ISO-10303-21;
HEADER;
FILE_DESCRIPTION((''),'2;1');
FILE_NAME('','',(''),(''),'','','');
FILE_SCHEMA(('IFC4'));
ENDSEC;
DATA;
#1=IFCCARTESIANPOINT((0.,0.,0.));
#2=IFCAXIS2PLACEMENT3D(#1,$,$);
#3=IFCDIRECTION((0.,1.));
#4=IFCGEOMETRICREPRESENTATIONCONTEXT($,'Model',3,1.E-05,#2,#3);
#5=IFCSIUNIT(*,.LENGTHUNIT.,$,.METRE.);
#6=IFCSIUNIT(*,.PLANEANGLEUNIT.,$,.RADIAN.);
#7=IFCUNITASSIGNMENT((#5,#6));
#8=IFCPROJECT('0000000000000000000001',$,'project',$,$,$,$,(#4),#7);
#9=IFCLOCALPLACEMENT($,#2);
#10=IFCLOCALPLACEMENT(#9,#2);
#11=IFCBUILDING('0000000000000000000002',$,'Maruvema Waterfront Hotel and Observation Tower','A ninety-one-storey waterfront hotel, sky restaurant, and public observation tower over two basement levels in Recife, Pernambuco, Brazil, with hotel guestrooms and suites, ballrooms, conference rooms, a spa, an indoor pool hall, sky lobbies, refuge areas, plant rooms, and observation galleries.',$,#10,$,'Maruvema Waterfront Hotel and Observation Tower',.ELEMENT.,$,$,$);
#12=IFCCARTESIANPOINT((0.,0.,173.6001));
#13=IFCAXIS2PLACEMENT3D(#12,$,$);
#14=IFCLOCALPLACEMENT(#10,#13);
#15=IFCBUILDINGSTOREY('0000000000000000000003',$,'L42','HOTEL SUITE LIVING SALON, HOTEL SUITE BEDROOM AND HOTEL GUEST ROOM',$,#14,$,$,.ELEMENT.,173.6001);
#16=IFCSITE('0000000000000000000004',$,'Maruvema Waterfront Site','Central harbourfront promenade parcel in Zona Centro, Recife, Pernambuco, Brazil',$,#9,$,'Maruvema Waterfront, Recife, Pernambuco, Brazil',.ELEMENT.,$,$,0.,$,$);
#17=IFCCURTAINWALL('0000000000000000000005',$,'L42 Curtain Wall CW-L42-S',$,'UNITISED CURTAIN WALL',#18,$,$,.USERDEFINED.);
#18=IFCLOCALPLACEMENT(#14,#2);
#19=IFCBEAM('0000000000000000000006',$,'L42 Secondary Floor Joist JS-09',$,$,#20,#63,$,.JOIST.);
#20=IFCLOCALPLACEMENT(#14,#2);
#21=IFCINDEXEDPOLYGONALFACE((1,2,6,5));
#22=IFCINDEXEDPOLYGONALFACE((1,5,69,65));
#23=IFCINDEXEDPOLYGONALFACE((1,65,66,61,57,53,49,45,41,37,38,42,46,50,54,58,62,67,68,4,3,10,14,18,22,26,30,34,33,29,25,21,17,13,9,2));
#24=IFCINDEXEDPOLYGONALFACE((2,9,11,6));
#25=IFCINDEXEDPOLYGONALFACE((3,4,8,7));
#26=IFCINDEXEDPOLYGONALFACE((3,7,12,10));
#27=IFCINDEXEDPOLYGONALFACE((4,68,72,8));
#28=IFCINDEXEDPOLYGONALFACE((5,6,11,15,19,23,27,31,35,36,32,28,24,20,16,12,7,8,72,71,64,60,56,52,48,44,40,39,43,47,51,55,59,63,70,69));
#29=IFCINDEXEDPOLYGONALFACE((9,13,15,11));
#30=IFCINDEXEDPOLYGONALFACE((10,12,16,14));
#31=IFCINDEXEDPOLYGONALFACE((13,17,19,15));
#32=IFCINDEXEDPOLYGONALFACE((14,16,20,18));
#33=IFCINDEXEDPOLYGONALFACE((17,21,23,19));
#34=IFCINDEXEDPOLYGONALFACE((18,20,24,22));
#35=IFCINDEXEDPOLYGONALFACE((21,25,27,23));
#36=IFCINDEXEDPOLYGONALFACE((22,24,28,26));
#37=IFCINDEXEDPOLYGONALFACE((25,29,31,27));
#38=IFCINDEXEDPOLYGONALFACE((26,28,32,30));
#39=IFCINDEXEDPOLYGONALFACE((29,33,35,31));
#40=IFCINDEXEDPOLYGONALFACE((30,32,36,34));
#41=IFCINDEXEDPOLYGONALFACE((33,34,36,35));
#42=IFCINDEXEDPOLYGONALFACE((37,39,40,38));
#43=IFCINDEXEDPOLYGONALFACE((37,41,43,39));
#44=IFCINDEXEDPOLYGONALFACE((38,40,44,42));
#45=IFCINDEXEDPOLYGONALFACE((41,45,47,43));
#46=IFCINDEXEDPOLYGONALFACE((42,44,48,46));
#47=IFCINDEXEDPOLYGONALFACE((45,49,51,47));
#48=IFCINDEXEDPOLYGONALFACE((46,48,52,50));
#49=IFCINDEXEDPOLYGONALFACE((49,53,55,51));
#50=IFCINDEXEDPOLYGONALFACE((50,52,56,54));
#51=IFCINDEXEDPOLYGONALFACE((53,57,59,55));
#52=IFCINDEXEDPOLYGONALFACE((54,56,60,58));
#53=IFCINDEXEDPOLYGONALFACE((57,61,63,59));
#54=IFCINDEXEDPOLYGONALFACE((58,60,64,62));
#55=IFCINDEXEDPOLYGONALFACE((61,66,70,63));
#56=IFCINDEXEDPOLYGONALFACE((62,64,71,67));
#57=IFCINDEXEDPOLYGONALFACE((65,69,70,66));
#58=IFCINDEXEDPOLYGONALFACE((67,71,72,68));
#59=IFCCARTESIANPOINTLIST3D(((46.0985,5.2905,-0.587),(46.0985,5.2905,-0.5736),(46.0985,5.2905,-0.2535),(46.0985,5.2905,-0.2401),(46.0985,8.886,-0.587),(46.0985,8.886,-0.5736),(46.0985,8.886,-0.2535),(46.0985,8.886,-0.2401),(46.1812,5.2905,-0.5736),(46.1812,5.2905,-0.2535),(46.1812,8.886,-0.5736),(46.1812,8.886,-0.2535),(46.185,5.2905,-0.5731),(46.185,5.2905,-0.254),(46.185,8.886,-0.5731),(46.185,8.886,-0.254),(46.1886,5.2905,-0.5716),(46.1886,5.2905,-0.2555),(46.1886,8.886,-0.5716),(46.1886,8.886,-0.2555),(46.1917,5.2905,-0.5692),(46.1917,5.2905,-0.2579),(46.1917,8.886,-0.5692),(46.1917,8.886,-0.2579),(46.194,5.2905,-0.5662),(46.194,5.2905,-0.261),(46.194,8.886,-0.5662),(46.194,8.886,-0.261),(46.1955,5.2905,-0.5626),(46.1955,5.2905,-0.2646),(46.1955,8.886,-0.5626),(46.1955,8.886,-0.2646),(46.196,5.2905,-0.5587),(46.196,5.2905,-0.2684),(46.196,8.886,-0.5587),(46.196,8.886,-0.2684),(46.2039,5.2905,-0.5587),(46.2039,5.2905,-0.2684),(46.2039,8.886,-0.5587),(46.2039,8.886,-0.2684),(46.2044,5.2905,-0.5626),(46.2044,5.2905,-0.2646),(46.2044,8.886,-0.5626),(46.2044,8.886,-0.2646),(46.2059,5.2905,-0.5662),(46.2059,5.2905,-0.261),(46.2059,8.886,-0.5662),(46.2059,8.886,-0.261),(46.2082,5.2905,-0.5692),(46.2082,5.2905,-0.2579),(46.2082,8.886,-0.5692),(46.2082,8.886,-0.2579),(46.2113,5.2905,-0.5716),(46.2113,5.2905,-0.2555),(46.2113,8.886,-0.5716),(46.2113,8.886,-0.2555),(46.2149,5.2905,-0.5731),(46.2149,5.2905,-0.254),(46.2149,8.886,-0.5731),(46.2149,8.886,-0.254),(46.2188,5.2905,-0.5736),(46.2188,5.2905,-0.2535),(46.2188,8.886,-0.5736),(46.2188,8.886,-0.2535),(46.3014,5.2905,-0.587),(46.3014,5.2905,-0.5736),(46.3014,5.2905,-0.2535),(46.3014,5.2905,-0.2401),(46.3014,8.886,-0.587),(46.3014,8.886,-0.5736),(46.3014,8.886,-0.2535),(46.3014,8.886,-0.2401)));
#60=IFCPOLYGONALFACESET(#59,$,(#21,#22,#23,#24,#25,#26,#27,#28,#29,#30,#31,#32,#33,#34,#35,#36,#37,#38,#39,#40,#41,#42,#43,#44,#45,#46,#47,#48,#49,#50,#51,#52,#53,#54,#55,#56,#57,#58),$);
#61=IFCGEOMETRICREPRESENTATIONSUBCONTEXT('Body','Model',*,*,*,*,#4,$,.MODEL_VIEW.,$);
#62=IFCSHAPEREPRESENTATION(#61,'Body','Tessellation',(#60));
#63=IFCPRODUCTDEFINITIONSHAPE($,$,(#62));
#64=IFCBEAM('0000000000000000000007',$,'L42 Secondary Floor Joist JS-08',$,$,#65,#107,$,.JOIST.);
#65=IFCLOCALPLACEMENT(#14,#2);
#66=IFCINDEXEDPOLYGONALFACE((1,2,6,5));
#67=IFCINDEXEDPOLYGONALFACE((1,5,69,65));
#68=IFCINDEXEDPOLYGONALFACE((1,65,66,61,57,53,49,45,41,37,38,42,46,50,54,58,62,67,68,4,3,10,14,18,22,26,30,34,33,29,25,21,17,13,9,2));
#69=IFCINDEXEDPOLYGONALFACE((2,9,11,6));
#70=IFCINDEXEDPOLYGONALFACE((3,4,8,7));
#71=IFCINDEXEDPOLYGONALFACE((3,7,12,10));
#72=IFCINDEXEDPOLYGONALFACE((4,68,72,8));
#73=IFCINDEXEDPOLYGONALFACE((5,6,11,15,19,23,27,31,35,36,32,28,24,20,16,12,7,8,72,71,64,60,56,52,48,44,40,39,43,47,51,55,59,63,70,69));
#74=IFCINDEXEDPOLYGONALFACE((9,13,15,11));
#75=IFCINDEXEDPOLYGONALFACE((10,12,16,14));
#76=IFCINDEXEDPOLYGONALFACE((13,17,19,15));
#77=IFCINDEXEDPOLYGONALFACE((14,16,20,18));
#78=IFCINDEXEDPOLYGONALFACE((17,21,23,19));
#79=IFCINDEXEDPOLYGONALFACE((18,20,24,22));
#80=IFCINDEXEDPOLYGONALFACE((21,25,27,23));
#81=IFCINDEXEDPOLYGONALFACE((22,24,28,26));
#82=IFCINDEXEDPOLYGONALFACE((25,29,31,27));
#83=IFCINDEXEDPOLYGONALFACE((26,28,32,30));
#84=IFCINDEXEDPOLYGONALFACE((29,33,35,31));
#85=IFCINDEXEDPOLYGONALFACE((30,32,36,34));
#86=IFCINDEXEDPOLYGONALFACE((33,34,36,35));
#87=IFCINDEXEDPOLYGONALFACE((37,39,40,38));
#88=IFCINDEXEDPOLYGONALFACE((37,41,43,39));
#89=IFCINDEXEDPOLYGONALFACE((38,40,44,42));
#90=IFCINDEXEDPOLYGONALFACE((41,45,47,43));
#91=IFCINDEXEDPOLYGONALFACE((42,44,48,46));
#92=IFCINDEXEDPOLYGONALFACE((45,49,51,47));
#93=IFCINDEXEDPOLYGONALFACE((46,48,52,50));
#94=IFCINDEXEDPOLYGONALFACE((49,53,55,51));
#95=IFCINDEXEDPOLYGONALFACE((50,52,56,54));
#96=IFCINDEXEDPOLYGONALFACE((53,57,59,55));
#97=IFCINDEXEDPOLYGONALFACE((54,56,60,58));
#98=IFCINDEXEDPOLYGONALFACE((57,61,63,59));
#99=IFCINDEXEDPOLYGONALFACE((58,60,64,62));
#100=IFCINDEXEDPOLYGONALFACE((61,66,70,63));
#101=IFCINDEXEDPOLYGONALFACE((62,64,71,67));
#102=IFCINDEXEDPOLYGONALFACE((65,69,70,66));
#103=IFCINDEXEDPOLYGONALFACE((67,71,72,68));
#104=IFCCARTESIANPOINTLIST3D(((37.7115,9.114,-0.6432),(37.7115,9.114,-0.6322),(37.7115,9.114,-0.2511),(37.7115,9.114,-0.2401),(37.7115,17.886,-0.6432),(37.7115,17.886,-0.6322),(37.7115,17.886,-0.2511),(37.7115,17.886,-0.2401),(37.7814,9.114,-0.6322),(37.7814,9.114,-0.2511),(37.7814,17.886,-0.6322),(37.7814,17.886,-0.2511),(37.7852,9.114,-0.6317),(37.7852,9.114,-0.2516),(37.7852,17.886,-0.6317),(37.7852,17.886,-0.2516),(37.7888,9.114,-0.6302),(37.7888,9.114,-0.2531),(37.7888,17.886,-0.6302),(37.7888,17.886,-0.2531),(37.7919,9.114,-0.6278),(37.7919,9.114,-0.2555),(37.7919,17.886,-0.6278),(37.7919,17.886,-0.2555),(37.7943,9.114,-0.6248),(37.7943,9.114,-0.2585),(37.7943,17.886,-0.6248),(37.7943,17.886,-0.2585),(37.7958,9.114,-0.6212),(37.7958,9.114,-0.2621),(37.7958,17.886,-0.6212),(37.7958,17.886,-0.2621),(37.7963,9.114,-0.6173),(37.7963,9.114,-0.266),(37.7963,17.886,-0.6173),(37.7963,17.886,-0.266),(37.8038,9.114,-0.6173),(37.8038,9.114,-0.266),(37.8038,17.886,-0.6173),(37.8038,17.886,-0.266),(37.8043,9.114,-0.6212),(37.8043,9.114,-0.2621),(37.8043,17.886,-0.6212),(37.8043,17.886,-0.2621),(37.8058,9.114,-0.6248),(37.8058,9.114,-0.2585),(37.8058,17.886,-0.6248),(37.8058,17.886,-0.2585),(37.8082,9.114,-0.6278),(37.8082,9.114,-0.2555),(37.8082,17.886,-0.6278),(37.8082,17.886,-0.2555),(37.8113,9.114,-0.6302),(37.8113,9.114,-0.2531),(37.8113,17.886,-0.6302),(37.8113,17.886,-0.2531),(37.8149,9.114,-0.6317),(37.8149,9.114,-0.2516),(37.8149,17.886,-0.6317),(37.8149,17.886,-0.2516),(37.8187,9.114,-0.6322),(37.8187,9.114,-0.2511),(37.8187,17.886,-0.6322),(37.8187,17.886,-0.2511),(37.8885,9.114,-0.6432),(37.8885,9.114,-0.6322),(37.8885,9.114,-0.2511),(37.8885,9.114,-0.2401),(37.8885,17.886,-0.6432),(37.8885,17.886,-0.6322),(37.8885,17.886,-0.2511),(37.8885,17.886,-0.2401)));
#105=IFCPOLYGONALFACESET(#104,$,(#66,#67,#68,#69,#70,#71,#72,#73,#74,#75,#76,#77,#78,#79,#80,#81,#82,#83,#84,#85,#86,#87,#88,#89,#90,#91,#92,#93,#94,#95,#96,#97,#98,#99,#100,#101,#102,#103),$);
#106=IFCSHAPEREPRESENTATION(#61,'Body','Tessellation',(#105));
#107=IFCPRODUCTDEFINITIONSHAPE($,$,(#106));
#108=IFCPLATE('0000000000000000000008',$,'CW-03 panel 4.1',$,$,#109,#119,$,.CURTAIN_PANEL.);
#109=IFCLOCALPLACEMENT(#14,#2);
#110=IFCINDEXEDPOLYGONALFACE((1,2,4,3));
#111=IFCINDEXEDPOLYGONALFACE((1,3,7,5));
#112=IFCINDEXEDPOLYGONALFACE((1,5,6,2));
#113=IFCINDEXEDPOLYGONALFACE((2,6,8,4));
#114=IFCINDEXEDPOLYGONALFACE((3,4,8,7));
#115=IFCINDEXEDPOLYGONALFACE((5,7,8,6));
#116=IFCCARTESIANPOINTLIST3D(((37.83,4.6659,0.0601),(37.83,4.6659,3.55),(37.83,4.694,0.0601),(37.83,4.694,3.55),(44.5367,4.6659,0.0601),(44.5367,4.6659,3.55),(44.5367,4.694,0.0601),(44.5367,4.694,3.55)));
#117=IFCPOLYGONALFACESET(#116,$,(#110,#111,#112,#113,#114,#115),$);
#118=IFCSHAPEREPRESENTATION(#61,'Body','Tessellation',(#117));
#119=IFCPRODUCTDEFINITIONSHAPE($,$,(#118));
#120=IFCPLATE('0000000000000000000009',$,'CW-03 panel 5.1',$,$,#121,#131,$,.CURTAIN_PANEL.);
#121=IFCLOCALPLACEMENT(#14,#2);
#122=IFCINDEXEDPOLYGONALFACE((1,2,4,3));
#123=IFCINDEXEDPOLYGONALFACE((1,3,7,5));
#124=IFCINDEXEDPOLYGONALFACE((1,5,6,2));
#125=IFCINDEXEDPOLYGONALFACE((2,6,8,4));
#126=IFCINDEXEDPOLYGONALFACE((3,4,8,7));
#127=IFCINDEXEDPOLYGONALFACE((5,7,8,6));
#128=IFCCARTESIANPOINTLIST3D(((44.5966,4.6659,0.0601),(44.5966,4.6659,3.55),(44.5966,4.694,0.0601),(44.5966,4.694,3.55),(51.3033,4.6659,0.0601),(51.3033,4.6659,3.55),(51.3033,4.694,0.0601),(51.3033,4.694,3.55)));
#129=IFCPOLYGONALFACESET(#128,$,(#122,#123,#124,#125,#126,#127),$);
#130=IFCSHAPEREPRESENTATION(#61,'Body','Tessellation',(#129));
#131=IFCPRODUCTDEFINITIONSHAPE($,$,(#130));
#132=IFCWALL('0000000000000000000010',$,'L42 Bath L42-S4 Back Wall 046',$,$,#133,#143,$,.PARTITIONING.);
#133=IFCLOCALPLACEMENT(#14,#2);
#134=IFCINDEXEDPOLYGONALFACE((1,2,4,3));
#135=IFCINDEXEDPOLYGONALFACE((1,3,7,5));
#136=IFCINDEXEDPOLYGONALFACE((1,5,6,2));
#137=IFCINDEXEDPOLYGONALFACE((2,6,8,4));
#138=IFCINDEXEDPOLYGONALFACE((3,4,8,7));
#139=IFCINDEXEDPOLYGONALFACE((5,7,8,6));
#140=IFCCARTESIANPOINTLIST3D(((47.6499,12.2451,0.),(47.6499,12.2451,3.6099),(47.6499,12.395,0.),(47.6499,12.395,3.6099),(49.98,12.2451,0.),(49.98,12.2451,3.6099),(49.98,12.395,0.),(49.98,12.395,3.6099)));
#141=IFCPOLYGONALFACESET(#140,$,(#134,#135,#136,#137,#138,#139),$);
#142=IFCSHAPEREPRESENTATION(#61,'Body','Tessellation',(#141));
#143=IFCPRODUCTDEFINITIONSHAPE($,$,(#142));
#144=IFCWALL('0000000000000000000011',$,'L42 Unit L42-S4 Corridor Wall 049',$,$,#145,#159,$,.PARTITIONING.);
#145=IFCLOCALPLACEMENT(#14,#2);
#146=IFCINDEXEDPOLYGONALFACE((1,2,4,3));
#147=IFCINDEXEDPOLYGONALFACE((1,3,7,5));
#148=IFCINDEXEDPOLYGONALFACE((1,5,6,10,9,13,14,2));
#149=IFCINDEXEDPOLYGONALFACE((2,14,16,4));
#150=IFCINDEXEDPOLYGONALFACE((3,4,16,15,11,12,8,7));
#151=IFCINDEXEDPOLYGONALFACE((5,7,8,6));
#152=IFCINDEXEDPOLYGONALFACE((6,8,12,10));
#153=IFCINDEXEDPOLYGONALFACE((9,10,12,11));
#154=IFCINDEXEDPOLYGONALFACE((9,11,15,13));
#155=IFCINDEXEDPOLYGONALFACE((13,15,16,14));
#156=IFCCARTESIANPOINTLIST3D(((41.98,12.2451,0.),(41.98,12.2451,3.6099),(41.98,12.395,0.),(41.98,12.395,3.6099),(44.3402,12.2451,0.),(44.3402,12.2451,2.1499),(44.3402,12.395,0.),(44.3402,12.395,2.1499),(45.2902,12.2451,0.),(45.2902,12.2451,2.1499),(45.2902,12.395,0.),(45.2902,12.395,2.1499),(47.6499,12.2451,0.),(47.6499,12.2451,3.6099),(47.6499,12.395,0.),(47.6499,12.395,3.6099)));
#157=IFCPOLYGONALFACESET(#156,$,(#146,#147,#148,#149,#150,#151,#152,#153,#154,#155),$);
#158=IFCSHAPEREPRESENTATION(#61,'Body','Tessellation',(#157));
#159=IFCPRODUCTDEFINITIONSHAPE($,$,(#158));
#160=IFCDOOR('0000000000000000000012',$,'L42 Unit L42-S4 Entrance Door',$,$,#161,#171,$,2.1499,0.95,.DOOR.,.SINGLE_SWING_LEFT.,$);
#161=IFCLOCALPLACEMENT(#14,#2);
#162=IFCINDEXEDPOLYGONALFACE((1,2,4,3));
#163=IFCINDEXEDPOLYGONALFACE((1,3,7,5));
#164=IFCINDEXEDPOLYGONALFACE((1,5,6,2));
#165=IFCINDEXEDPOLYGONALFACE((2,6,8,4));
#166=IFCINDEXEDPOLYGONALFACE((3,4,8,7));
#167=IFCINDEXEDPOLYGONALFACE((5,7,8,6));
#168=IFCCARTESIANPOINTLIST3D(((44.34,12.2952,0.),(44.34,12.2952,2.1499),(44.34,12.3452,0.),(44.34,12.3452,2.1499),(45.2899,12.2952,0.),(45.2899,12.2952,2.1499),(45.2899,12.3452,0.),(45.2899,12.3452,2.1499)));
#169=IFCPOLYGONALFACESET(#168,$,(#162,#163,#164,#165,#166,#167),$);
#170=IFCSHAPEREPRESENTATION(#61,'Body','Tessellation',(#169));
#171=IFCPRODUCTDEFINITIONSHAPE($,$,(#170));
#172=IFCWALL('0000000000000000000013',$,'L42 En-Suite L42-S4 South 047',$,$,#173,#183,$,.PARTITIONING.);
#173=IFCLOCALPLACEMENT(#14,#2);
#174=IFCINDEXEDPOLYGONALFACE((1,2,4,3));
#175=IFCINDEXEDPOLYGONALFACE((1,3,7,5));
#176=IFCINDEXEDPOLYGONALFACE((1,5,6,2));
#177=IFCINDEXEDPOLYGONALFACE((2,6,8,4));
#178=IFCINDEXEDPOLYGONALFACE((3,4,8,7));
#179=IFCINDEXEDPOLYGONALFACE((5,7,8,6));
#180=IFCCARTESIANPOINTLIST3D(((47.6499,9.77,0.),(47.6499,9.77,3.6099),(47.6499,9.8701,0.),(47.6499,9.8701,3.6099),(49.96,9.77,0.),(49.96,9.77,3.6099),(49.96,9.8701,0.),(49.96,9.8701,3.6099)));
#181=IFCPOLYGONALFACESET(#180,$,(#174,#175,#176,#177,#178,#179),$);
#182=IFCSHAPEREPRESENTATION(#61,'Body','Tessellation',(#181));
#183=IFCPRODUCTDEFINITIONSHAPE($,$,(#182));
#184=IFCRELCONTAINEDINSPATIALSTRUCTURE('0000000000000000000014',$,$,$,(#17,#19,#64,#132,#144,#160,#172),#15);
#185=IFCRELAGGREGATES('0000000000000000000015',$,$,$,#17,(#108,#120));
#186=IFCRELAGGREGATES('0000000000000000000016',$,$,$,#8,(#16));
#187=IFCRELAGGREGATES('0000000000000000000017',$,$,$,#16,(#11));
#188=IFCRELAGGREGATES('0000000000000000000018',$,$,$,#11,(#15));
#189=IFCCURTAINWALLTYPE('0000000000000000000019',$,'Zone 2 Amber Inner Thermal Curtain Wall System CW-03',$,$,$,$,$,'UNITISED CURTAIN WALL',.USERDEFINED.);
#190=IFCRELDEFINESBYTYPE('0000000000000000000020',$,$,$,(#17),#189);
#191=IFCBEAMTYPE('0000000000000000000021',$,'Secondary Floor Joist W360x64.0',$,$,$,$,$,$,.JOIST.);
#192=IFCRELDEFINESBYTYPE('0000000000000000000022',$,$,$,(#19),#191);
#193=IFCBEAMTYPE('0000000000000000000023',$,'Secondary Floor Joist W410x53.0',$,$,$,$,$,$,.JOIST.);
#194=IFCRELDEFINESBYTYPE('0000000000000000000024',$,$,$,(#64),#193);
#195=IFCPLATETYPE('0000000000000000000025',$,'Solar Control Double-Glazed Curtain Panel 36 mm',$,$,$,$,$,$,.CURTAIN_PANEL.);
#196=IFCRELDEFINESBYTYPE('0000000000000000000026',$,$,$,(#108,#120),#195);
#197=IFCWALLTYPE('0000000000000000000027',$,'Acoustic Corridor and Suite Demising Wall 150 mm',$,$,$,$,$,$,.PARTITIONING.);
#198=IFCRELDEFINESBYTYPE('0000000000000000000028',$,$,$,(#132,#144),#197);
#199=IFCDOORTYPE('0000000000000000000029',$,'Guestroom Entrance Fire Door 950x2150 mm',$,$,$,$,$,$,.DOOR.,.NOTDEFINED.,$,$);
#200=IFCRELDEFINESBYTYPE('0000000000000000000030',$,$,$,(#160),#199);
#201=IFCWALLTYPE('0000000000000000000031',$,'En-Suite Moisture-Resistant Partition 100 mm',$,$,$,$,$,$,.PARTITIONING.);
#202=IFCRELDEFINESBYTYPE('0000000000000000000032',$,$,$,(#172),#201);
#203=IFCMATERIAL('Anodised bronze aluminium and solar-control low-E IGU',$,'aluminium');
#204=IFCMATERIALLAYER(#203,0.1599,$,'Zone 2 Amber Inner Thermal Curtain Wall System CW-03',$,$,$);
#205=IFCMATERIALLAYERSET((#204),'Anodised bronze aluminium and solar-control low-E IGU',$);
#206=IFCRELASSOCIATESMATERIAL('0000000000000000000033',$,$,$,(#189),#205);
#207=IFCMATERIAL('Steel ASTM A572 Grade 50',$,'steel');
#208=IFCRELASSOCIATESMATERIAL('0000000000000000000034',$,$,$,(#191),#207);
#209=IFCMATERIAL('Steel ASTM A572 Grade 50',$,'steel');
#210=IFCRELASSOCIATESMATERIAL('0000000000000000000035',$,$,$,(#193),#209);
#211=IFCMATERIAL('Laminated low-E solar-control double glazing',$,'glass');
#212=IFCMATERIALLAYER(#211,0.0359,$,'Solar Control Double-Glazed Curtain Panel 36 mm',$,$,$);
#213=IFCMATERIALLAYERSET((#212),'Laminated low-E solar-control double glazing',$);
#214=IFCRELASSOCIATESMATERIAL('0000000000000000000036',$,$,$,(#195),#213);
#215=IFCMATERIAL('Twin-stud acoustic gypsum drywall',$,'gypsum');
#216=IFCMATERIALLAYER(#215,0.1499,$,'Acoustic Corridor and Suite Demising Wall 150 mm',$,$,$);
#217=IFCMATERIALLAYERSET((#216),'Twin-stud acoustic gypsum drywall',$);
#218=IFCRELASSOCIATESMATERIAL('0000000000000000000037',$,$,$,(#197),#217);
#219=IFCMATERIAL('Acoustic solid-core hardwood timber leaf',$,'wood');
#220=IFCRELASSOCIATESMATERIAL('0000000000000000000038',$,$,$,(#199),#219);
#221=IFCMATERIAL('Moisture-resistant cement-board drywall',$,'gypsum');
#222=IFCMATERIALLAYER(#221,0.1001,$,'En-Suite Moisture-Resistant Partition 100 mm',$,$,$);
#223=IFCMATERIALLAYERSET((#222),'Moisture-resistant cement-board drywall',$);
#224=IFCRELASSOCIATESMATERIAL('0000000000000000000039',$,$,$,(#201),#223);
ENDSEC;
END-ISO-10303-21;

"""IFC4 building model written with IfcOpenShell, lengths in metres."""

from ifc_helpers import new_model, si_unit, direction, frame, frame_2d, origin, origin_2d, place, context, subcontext, project, spatial, rectangle, i_section, extrude, material, layer, layer_set, material_profile, profile_set, type_object, element, fill, aggregate, save


model = new_model("IFC4")

# Units and contexts
model_context = context("Model", 3, precision=1e-05, world=origin(), true_north=direction((0.0, 1.0)))
body_context = subcontext(model_context, "Body", "Model", "MODEL_VIEW")
ifc_project = project(units=[si_unit("LENGTHUNIT", "METRE"), si_unit("PLANEANGLEUNIT", "RADIAN")], contexts=[model_context])

# Site, building, storey
site_placement = place(None, origin())
site = spatial("IfcSite", under=ifc_project, at=site_placement, Name="Maruvema Waterfront Site", Description="Central harbourfront promenade parcel in Zona Centro, Recife, Pernambuco, Brazil", LongName="Maruvema Waterfront, Recife, Pernambuco, Brazil", CompositionType="ELEMENT", RefElevation=0.0)
building_placement = place(site_placement, origin())
building = spatial("IfcBuilding", under=site, at=building_placement, Name="Maruvema Waterfront Hotel and Observation Tower", Description="A ninety-one-storey waterfront hotel, sky restaurant, and public observation tower over two basement levels in Recife, Pernambuco, Brazil, with hotel guestrooms and suites, ballrooms, conference rooms, a spa, an indoor pool hall, sky lobbies, refuge areas, plant rooms, and observation galleries.", LongName="Maruvema Waterfront Hotel and Observation Tower", CompositionType="ELEMENT")
storey_placement = place(building_placement, frame((0.0, 0.0, 173.6001)))
storey = spatial("IfcBuildingStorey", under=building, at=storey_placement, Name="L42", Description="HOTEL SUITE LIVING SALON, HOTEL SUITE BEDROOM AND HOTEL GUEST ROOM", CompositionType="ELEMENT", Elevation=173.6001)

# Curtain wall
ifc_material_1 = material(Name="Anodised bronze aluminium and solar-control low-E IGU", Category="aluminium")
ifc_layer_1 = layer(ifc_material_1, 0.1599, Name="Zone 2 Amber Inner Thermal Curtain Wall System CW-03")
ifc_layer_set_1 = layer_set([ifc_layer_1], Name="Anodised bronze aluminium and solar-control low-E IGU")
curtain_wall_type = type_object("IfcCurtainWallType", Name="Zone 2 Amber Inner Thermal Curtain Wall System CW-03", ElementType="UNITISED CURTAIN WALL", PredefinedType="USERDEFINED", material=ifc_layer_set_1)
curtain_wall_placement = place(storey_placement, origin())
curtain_wall = element("IfcCurtainWall", 1, at=curtain_wall_placement, inside=storey, type_object=curtain_wall_type, Name="L42 Curtain Wall CW-L42-S", ObjectType="UNITISED CURTAIN WALL", PredefinedType="USERDEFINED")

# Beams
ifc_material_2 = material(Name="Steel ASTM A572 Grade 50", Category="steel")
ifc_material_profile_1 = material_profile(ifc_material_2, i_section(OverallWidth=0.2029, OverallDepth=0.3469, WebThickness=0.0078, FlangeThickness=0.0134, FilletRadius=0.0149, at=origin_2d()), Name="W360x64.0")
ifc_profile_set_1 = profile_set([ifc_material_profile_1], Name="Steel ASTM A572 Grade 50")
beam_type_1 = type_object("IfcBeamType", Name="Secondary Floor Joist W360x64.0", PredefinedType="JOIST", material=ifc_profile_set_1)
beam_1_placement = place(storey_placement, frame((46.2, 5.2905, -0.4136), z_axis=(0.0, 1.0, 0.0), x_axis=(-1.0, 0.0, 0.0)))
element("IfcBeam", 2, at=beam_1_placement, inside=storey, type_object=beam_type_1, Name="L42 Secondary Floor Joist JS-09", PredefinedType="JOIST", context=body_context, shape_type="SweptSolid", body=[
    extrude(i_section(OverallWidth=0.2029, OverallDepth=0.3469, WebThickness=0.0078, FlangeThickness=0.0134, FilletRadius=0.0149, at=origin_2d()), origin(), (0.0, 0.0, 1.0), 3.5955),
])
ifc_material_3 = material(Name="Steel ASTM A572 Grade 50", Category="steel")
ifc_material_profile_2 = material_profile(ifc_material_3, i_section(OverallWidth=0.177, OverallDepth=0.4031, WebThickness=0.0076, FlangeThickness=0.011, FilletRadius=0.0149, at=origin_2d()), Name="W410x53.0")
ifc_profile_set_2 = profile_set([ifc_material_profile_2], Name="Steel ASTM A572 Grade 50")
beam_type_2 = type_object("IfcBeamType", Name="Secondary Floor Joist W410x53.0", PredefinedType="JOIST", material=ifc_profile_set_2)
beam_2_placement = place(storey_placement, frame((37.8, 9.114, -0.4417), z_axis=(0.0, 1.0, 0.0), x_axis=(-1.0, 0.0, 0.0)))
element("IfcBeam", 3, at=beam_2_placement, inside=storey, type_object=beam_type_2, Name="L42 Secondary Floor Joist JS-08", PredefinedType="JOIST", context=body_context, shape_type="SweptSolid", body=[
    extrude(i_section(OverallWidth=0.177, OverallDepth=0.4031, WebThickness=0.0076, FlangeThickness=0.011, FilletRadius=0.0149, at=origin_2d()), origin(), (0.0, 0.0, 1.0), 8.772),
])

# Plates
ifc_material_4 = material(Name="Laminated low-E solar-control double glazing", Category="glass")
ifc_layer_2 = layer(ifc_material_4, 0.0359, Name="Solar Control Double-Glazed Curtain Panel 36 mm")
ifc_layer_set_2 = layer_set([ifc_layer_2], Name="Laminated low-E solar-control double glazing")
plate_type = type_object("IfcPlateType", Name="Solar Control Double-Glazed Curtain Panel 36 mm", PredefinedType="CURTAIN_PANEL", material=ifc_layer_set_2)
plate_1_placement = place(storey_placement, frame((41.1833, 4.6799, 0.0601), z_axis=(0.0, 0.0, 1.0), x_axis=(1.0, 0.0, 0.0)))
plate_1 = element("IfcPlate", 4, at=plate_1_placement, type_object=plate_type, Name="CW-03 panel 4.1", PredefinedType="CURTAIN_PANEL", context=body_context, shape_type="SweptSolid", body=[
    extrude(rectangle(XDim=6.7068, YDim=0.0281, at=origin_2d()), origin(), (0.0, 0.0, 1.0), 3.49),
])
plate_2_placement = place(storey_placement, frame((47.95, 4.6799, 0.0601), z_axis=(0.0, 0.0, 1.0), x_axis=(1.0, 0.0, 0.0)))
plate_2 = element("IfcPlate", 5, at=plate_2_placement, type_object=plate_type, Name="CW-03 panel 5.1", PredefinedType="CURTAIN_PANEL", context=body_context, shape_type="SweptSolid", body=[
    extrude(rectangle(XDim=6.7068, YDim=0.0281, at=origin_2d()), origin(), (0.0, 0.0, 1.0), 3.49),
])
aggregate(curtain_wall, [plate_1, plate_2])

# Wall
ifc_material_5 = material(Name="Twin-stud acoustic gypsum drywall", Category="gypsum")
ifc_layer_3 = layer(ifc_material_5, 0.1499, Name="Acoustic Corridor and Suite Demising Wall 150 mm")
ifc_layer_set_3 = layer_set([ifc_layer_3], Name="Twin-stud acoustic gypsum drywall")
wall_type_1 = type_object("IfcWallType", Name="Acoustic Corridor and Suite Demising Wall 150 mm", PredefinedType="PARTITIONING", material=ifc_layer_set_3)
wall_1_placement = place(storey_placement, frame((47.6499, 12.3201, 0.0), z_axis=(0.0, 0.0, 1.0), x_axis=(1.0, 0.0, 0.0)))
element("IfcWall", 6, at=wall_1_placement, inside=storey, type_object=wall_type_1, Name="L42 Bath L42-S4 Back Wall 046", PredefinedType="PARTITIONING", context=body_context, shape_type="SweptSolid", body=[
    extrude(rectangle(XDim=2.3301, YDim=0.1499, at=frame_2d((1.165, 0.0))), origin(), (0.0, 0.0, 1.0), 3.6099),
])

# Wall, opening, door
wall_2_placement = place(storey_placement, frame((41.98, 12.3201, 0.0), z_axis=(0.0, 0.0, 1.0), x_axis=(1.0, 0.0, 0.0)))
wall_2 = element("IfcWall", 7, at=wall_2_placement, inside=storey, type_object=wall_type_1, Name="L42 Unit L42-S4 Corridor Wall 049", PredefinedType="PARTITIONING", context=body_context, shape_type="SweptSolid", body=[
    extrude(rectangle(XDim=5.6699, YDim=0.1499, at=frame_2d((2.835, 0.0))), origin(), (0.0, 0.0, 1.0), 3.6099),
])
opening_1_placement = place(wall_2_placement, frame((2.3601, 0.0, 0.0)))
opening_1 = element("IfcOpeningElement", 8, at=opening_1_placement, cuts=wall_2, PredefinedType="OPENING", context=body_context, shape_type="SweptSolid", body=[
    extrude(rectangle(XDim=0.95, YDim=2.1499, at=frame_2d((0.4751, 1.075))), frame((0.0, 0.085, 0.0), z_axis=(0.0, -1.0, 0.0), x_axis=(1.0, 0.0, 0.0)), (0.0, 0.0, 1.0), 0.1699),
])
ifc_material_6 = material(Name="Acoustic solid-core hardwood timber leaf", Category="wood")
door_type_1 = type_object("IfcDoorType", Name="Guestroom Entrance Fire Door 950x2150 mm", OperationType="NOTDEFINED", PredefinedType="DOOR", material=ifc_material_6)
door_1_placement = place(opening_1_placement, frame((0.95, 0.0, 0.0), z_axis=(0.0, 0.0, 1.0), x_axis=(-1.0, 0.0, 0.0)))
door_1 = element("IfcDoor", 9, at=door_1_placement, inside=storey, type_object=door_type_1, Name="L42 Unit L42-S4 Entrance Door", OperationType="SINGLE_SWING_LEFT", OverallHeight=2.1499, OverallWidth=0.95, PredefinedType="DOOR", context=body_context, shape_type="SweptSolid", body=[
    extrude(rectangle(XDim=0.95, YDim=2.1499, at=frame_2d((0.4751, 1.075))), frame((0.0, 0.0249, 0.0), z_axis=(0.0, -1.0, 0.0), x_axis=(1.0, 0.0, 0.0)), (0.0, 0.0, 1.0), 0.05),
])
fill(opening_1, door_1)

# Wall
ifc_material_7 = material(Name="Moisture-resistant cement-board drywall", Category="gypsum")
ifc_layer_4 = layer(ifc_material_7, 0.1001, Name="En-Suite Moisture-Resistant Partition 100 mm")
ifc_layer_set_4 = layer_set([ifc_layer_4], Name="Moisture-resistant cement-board drywall")
wall_type_2 = type_object("IfcWallType", Name="En-Suite Moisture-Resistant Partition 100 mm", PredefinedType="PARTITIONING", material=ifc_layer_set_4)
wall_3_placement = place(storey_placement, frame((47.6499, 9.8201, 0.0), z_axis=(0.0, 0.0, 1.0), x_axis=(1.0, 0.0, 0.0)))
element("IfcWall", 10, at=wall_3_placement, inside=storey, type_object=wall_type_2, Name="L42 En-Suite L42-S4 South 047", PredefinedType="PARTITIONING", context=body_context, shape_type="SweptSolid", body=[
    extrude(rectangle(XDim=2.3101, YDim=0.1001, at=frame_2d((1.155, 0.0))), origin(), (0.0, 0.0, 1.0), 3.6099),
])

save(model, "model.ifc")
